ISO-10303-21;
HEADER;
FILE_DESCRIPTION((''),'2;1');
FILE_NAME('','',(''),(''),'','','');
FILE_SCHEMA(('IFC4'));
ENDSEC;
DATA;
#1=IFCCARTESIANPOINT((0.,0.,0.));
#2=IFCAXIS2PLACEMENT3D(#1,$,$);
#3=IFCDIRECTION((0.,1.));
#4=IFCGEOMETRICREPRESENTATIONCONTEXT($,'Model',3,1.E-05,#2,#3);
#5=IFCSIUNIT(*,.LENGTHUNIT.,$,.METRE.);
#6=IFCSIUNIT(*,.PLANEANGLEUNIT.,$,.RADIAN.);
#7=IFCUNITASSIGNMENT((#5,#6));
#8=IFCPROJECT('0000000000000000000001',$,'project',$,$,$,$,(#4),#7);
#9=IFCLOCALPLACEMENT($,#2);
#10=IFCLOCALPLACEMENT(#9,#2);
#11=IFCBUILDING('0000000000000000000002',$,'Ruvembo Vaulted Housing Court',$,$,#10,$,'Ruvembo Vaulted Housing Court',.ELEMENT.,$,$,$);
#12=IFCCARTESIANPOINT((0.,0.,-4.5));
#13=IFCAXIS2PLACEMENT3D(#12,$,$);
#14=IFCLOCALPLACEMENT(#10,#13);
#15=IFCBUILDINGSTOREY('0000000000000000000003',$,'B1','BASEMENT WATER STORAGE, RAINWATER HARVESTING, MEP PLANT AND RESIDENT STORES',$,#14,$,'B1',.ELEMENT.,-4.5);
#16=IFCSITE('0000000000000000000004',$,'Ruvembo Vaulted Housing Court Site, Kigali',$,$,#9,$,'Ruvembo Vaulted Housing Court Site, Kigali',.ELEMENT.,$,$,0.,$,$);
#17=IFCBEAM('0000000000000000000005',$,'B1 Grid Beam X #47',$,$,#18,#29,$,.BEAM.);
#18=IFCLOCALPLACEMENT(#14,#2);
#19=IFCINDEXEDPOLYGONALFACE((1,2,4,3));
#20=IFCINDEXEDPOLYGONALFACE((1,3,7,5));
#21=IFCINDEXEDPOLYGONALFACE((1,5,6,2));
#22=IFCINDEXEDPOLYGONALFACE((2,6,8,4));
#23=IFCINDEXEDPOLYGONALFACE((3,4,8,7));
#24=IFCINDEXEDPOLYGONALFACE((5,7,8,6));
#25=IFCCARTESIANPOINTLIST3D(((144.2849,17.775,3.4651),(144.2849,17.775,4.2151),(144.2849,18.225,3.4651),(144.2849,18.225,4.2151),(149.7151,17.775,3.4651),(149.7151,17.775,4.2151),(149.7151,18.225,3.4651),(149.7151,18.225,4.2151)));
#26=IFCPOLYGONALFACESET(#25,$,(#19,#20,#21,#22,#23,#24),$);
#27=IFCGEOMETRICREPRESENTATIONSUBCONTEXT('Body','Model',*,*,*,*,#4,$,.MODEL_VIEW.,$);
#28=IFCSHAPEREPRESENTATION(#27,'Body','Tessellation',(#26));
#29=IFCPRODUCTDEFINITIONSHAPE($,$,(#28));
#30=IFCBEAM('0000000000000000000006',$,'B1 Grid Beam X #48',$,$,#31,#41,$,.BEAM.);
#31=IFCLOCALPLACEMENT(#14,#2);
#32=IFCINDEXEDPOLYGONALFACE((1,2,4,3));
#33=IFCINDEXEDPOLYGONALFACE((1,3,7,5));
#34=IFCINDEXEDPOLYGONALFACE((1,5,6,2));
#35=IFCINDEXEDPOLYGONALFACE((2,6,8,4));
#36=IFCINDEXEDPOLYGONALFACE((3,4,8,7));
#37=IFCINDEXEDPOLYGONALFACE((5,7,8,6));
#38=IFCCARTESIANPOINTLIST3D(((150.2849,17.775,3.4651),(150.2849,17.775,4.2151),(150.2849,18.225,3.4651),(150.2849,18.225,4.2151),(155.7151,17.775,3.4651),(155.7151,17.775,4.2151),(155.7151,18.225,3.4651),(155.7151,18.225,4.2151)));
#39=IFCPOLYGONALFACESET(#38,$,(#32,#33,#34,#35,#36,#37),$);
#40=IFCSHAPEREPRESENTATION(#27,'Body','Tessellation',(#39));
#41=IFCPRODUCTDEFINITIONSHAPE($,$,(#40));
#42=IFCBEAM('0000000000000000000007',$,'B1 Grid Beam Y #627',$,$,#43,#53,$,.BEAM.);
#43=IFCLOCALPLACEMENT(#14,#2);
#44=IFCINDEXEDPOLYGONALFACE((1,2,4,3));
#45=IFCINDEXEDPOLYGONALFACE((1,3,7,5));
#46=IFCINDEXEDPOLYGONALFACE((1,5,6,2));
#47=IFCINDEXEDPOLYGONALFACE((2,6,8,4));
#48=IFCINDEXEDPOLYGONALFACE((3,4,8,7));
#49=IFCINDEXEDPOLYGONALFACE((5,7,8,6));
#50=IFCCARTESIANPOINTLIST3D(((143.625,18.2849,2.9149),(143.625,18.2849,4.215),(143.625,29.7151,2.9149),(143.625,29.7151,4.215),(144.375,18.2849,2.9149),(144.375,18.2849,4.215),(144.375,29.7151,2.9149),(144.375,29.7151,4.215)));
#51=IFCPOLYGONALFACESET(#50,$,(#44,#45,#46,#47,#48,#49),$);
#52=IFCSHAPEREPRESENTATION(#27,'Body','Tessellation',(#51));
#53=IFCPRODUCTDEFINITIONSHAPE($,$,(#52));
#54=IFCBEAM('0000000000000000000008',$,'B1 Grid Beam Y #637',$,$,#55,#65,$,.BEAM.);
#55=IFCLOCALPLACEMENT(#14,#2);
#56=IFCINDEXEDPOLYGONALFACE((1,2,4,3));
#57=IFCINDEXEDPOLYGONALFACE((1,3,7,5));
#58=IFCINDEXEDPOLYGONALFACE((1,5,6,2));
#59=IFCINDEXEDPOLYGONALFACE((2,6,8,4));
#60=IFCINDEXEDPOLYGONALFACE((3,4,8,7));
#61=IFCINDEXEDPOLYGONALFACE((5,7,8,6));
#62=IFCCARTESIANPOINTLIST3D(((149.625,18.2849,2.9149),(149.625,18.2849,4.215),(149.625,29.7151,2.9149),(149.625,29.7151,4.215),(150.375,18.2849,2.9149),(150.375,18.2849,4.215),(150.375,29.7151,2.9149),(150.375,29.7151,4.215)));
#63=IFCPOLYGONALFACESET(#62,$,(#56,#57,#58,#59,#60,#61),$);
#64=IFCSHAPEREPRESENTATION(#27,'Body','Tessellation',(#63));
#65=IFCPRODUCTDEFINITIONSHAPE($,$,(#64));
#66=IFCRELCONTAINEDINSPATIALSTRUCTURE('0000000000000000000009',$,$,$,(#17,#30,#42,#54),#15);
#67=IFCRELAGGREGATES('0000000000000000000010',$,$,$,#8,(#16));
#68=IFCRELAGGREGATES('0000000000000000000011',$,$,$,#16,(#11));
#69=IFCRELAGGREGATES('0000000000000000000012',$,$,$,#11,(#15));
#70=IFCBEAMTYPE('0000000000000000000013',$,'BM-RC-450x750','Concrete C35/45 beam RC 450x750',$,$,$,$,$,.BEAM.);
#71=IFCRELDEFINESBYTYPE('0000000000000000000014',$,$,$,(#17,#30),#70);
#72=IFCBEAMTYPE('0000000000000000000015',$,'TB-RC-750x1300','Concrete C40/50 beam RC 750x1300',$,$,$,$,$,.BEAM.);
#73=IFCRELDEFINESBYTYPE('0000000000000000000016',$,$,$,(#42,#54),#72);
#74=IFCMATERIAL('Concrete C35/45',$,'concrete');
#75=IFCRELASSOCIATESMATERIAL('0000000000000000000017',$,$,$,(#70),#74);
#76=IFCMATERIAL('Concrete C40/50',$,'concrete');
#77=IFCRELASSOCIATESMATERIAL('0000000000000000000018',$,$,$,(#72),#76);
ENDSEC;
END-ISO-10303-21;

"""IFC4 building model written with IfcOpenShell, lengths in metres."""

from ifc_helpers import new_model, si_unit, direction, frame, origin, origin_2d, place, context, subcontext, project, spatial, rectangle, extrude, material, material_profile, profile_set, type_object, element, save


model = new_model("IFC4")

# Units and contexts
model_context = context("Model", 3, precision=1e-05, world=origin(), true_north=direction((0.0, 1.0)))
body_context = subcontext(model_context, "Body", "Model", "MODEL_VIEW")
ifc_project = project(units=[si_unit("LENGTHUNIT", "METRE"), si_unit("PLANEANGLEUNIT", "RADIAN")], contexts=[model_context])

# Site, building, storey
site_placement = place(None, origin())
site = spatial("IfcSite", under=ifc_project, at=site_placement, Name="Ruvembo Vaulted Housing Court Site, Kigali", LongName="Ruvembo Vaulted Housing Court Site, Kigali", CompositionType="ELEMENT", RefElevation=0.0)
building_placement = place(site_placement, origin())
building = spatial("IfcBuilding", under=site, at=building_placement, Name="Ruvembo Vaulted Housing Court", LongName="Ruvembo Vaulted Housing Court", CompositionType="ELEMENT")
storey_placement = place(building_placement, frame((0.0, 0.0, -4.5)))
storey = spatial("IfcBuildingStorey", under=building, at=storey_placement, Name="B1", Description="BASEMENT WATER STORAGE, RAINWATER HARVESTING, MEP PLANT AND RESIDENT STORES", LongName="B1", CompositionType="ELEMENT", Elevation=-4.5)

# Shared definitions
ifc_material_1 = material(Name="Concrete C35/45", Category="concrete")

# Shared definitions
ifc_material_2 = material(Name="Concrete C40/50", Category="concrete")

# Beams
ifc_material_profile_1 = material_profile(ifc_material_1, rectangle(XDim=0.45, YDim=0.75, at=origin_2d()), Name="RC 450x750")
ifc_profile_set_1 = profile_set([ifc_material_profile_1], Name="Concrete C35/45")
beam_type_1 = type_object("IfcBeamType", Name="BM-RC-450x750", Description="Concrete C35/45 beam RC 450x750", PredefinedType="BEAM", material=ifc_profile_set_1)
for number, where, z_axis, x_axis, name in (
    (1, (144.2849, 18.0, 3.8401), (1.0, 0.0, 0.0), (0.0, 1.0, 0.0), "B1 Grid Beam X #47"),
    (2, (150.2849, 18.0, 3.8401), (1.0, 0.0, 0.0), (0.0, 1.0, 0.0), "B1 Grid Beam X #48"),
):
    element("IfcBeam", number, at=place(storey_placement, frame(where, z_axis=z_axis, x_axis=x_axis)), inside=storey, type_object=beam_type_1, Name=name, PredefinedType="BEAM", context=body_context, shape_type="SweptSolid", body=[
        extrude(rectangle(XDim=0.45, YDim=0.75, at=origin_2d()), origin(), (0.0, 0.0, 1.0), 5.4302),
    ])
ifc_material_profile_2 = material_profile(ifc_material_2, rectangle(XDim=0.75, YDim=1.3, at=origin_2d()), Name="RC 750x1300")
ifc_profile_set_2 = profile_set([ifc_material_profile_2], Name="Concrete C40/50")
beam_type_2 = type_object("IfcBeamType", Name="TB-RC-750x1300", Description="Concrete C40/50 beam RC 750x1300", PredefinedType="BEAM", material=ifc_profile_set_2)
for number, where, z_axis, x_axis, name in (
    (3, (144.0, 18.2849, 3.5649), (0.0, 1.0, 0.0), (-1.0, 0.0, 0.0), "B1 Grid Beam Y #627"),
    (4, (150.0, 18.2849, 3.5649), (0.0, 1.0, 0.0), (-1.0, 0.0, 0.0), "B1 Grid Beam Y #637"),
):
    element("IfcBeam", number, at=place(storey_placement, frame(where, z_axis=z_axis, x_axis=x_axis)), inside=storey, type_object=beam_type_2, Name=name, PredefinedType="BEAM", context=body_context, shape_type="SweptSolid", body=[
        extrude(rectangle(XDim=0.75, YDim=1.3, at=origin_2d()), origin(), (0.0, 0.0, 1.0), 11.4302),
    ])

save(model, "model.ifc")
